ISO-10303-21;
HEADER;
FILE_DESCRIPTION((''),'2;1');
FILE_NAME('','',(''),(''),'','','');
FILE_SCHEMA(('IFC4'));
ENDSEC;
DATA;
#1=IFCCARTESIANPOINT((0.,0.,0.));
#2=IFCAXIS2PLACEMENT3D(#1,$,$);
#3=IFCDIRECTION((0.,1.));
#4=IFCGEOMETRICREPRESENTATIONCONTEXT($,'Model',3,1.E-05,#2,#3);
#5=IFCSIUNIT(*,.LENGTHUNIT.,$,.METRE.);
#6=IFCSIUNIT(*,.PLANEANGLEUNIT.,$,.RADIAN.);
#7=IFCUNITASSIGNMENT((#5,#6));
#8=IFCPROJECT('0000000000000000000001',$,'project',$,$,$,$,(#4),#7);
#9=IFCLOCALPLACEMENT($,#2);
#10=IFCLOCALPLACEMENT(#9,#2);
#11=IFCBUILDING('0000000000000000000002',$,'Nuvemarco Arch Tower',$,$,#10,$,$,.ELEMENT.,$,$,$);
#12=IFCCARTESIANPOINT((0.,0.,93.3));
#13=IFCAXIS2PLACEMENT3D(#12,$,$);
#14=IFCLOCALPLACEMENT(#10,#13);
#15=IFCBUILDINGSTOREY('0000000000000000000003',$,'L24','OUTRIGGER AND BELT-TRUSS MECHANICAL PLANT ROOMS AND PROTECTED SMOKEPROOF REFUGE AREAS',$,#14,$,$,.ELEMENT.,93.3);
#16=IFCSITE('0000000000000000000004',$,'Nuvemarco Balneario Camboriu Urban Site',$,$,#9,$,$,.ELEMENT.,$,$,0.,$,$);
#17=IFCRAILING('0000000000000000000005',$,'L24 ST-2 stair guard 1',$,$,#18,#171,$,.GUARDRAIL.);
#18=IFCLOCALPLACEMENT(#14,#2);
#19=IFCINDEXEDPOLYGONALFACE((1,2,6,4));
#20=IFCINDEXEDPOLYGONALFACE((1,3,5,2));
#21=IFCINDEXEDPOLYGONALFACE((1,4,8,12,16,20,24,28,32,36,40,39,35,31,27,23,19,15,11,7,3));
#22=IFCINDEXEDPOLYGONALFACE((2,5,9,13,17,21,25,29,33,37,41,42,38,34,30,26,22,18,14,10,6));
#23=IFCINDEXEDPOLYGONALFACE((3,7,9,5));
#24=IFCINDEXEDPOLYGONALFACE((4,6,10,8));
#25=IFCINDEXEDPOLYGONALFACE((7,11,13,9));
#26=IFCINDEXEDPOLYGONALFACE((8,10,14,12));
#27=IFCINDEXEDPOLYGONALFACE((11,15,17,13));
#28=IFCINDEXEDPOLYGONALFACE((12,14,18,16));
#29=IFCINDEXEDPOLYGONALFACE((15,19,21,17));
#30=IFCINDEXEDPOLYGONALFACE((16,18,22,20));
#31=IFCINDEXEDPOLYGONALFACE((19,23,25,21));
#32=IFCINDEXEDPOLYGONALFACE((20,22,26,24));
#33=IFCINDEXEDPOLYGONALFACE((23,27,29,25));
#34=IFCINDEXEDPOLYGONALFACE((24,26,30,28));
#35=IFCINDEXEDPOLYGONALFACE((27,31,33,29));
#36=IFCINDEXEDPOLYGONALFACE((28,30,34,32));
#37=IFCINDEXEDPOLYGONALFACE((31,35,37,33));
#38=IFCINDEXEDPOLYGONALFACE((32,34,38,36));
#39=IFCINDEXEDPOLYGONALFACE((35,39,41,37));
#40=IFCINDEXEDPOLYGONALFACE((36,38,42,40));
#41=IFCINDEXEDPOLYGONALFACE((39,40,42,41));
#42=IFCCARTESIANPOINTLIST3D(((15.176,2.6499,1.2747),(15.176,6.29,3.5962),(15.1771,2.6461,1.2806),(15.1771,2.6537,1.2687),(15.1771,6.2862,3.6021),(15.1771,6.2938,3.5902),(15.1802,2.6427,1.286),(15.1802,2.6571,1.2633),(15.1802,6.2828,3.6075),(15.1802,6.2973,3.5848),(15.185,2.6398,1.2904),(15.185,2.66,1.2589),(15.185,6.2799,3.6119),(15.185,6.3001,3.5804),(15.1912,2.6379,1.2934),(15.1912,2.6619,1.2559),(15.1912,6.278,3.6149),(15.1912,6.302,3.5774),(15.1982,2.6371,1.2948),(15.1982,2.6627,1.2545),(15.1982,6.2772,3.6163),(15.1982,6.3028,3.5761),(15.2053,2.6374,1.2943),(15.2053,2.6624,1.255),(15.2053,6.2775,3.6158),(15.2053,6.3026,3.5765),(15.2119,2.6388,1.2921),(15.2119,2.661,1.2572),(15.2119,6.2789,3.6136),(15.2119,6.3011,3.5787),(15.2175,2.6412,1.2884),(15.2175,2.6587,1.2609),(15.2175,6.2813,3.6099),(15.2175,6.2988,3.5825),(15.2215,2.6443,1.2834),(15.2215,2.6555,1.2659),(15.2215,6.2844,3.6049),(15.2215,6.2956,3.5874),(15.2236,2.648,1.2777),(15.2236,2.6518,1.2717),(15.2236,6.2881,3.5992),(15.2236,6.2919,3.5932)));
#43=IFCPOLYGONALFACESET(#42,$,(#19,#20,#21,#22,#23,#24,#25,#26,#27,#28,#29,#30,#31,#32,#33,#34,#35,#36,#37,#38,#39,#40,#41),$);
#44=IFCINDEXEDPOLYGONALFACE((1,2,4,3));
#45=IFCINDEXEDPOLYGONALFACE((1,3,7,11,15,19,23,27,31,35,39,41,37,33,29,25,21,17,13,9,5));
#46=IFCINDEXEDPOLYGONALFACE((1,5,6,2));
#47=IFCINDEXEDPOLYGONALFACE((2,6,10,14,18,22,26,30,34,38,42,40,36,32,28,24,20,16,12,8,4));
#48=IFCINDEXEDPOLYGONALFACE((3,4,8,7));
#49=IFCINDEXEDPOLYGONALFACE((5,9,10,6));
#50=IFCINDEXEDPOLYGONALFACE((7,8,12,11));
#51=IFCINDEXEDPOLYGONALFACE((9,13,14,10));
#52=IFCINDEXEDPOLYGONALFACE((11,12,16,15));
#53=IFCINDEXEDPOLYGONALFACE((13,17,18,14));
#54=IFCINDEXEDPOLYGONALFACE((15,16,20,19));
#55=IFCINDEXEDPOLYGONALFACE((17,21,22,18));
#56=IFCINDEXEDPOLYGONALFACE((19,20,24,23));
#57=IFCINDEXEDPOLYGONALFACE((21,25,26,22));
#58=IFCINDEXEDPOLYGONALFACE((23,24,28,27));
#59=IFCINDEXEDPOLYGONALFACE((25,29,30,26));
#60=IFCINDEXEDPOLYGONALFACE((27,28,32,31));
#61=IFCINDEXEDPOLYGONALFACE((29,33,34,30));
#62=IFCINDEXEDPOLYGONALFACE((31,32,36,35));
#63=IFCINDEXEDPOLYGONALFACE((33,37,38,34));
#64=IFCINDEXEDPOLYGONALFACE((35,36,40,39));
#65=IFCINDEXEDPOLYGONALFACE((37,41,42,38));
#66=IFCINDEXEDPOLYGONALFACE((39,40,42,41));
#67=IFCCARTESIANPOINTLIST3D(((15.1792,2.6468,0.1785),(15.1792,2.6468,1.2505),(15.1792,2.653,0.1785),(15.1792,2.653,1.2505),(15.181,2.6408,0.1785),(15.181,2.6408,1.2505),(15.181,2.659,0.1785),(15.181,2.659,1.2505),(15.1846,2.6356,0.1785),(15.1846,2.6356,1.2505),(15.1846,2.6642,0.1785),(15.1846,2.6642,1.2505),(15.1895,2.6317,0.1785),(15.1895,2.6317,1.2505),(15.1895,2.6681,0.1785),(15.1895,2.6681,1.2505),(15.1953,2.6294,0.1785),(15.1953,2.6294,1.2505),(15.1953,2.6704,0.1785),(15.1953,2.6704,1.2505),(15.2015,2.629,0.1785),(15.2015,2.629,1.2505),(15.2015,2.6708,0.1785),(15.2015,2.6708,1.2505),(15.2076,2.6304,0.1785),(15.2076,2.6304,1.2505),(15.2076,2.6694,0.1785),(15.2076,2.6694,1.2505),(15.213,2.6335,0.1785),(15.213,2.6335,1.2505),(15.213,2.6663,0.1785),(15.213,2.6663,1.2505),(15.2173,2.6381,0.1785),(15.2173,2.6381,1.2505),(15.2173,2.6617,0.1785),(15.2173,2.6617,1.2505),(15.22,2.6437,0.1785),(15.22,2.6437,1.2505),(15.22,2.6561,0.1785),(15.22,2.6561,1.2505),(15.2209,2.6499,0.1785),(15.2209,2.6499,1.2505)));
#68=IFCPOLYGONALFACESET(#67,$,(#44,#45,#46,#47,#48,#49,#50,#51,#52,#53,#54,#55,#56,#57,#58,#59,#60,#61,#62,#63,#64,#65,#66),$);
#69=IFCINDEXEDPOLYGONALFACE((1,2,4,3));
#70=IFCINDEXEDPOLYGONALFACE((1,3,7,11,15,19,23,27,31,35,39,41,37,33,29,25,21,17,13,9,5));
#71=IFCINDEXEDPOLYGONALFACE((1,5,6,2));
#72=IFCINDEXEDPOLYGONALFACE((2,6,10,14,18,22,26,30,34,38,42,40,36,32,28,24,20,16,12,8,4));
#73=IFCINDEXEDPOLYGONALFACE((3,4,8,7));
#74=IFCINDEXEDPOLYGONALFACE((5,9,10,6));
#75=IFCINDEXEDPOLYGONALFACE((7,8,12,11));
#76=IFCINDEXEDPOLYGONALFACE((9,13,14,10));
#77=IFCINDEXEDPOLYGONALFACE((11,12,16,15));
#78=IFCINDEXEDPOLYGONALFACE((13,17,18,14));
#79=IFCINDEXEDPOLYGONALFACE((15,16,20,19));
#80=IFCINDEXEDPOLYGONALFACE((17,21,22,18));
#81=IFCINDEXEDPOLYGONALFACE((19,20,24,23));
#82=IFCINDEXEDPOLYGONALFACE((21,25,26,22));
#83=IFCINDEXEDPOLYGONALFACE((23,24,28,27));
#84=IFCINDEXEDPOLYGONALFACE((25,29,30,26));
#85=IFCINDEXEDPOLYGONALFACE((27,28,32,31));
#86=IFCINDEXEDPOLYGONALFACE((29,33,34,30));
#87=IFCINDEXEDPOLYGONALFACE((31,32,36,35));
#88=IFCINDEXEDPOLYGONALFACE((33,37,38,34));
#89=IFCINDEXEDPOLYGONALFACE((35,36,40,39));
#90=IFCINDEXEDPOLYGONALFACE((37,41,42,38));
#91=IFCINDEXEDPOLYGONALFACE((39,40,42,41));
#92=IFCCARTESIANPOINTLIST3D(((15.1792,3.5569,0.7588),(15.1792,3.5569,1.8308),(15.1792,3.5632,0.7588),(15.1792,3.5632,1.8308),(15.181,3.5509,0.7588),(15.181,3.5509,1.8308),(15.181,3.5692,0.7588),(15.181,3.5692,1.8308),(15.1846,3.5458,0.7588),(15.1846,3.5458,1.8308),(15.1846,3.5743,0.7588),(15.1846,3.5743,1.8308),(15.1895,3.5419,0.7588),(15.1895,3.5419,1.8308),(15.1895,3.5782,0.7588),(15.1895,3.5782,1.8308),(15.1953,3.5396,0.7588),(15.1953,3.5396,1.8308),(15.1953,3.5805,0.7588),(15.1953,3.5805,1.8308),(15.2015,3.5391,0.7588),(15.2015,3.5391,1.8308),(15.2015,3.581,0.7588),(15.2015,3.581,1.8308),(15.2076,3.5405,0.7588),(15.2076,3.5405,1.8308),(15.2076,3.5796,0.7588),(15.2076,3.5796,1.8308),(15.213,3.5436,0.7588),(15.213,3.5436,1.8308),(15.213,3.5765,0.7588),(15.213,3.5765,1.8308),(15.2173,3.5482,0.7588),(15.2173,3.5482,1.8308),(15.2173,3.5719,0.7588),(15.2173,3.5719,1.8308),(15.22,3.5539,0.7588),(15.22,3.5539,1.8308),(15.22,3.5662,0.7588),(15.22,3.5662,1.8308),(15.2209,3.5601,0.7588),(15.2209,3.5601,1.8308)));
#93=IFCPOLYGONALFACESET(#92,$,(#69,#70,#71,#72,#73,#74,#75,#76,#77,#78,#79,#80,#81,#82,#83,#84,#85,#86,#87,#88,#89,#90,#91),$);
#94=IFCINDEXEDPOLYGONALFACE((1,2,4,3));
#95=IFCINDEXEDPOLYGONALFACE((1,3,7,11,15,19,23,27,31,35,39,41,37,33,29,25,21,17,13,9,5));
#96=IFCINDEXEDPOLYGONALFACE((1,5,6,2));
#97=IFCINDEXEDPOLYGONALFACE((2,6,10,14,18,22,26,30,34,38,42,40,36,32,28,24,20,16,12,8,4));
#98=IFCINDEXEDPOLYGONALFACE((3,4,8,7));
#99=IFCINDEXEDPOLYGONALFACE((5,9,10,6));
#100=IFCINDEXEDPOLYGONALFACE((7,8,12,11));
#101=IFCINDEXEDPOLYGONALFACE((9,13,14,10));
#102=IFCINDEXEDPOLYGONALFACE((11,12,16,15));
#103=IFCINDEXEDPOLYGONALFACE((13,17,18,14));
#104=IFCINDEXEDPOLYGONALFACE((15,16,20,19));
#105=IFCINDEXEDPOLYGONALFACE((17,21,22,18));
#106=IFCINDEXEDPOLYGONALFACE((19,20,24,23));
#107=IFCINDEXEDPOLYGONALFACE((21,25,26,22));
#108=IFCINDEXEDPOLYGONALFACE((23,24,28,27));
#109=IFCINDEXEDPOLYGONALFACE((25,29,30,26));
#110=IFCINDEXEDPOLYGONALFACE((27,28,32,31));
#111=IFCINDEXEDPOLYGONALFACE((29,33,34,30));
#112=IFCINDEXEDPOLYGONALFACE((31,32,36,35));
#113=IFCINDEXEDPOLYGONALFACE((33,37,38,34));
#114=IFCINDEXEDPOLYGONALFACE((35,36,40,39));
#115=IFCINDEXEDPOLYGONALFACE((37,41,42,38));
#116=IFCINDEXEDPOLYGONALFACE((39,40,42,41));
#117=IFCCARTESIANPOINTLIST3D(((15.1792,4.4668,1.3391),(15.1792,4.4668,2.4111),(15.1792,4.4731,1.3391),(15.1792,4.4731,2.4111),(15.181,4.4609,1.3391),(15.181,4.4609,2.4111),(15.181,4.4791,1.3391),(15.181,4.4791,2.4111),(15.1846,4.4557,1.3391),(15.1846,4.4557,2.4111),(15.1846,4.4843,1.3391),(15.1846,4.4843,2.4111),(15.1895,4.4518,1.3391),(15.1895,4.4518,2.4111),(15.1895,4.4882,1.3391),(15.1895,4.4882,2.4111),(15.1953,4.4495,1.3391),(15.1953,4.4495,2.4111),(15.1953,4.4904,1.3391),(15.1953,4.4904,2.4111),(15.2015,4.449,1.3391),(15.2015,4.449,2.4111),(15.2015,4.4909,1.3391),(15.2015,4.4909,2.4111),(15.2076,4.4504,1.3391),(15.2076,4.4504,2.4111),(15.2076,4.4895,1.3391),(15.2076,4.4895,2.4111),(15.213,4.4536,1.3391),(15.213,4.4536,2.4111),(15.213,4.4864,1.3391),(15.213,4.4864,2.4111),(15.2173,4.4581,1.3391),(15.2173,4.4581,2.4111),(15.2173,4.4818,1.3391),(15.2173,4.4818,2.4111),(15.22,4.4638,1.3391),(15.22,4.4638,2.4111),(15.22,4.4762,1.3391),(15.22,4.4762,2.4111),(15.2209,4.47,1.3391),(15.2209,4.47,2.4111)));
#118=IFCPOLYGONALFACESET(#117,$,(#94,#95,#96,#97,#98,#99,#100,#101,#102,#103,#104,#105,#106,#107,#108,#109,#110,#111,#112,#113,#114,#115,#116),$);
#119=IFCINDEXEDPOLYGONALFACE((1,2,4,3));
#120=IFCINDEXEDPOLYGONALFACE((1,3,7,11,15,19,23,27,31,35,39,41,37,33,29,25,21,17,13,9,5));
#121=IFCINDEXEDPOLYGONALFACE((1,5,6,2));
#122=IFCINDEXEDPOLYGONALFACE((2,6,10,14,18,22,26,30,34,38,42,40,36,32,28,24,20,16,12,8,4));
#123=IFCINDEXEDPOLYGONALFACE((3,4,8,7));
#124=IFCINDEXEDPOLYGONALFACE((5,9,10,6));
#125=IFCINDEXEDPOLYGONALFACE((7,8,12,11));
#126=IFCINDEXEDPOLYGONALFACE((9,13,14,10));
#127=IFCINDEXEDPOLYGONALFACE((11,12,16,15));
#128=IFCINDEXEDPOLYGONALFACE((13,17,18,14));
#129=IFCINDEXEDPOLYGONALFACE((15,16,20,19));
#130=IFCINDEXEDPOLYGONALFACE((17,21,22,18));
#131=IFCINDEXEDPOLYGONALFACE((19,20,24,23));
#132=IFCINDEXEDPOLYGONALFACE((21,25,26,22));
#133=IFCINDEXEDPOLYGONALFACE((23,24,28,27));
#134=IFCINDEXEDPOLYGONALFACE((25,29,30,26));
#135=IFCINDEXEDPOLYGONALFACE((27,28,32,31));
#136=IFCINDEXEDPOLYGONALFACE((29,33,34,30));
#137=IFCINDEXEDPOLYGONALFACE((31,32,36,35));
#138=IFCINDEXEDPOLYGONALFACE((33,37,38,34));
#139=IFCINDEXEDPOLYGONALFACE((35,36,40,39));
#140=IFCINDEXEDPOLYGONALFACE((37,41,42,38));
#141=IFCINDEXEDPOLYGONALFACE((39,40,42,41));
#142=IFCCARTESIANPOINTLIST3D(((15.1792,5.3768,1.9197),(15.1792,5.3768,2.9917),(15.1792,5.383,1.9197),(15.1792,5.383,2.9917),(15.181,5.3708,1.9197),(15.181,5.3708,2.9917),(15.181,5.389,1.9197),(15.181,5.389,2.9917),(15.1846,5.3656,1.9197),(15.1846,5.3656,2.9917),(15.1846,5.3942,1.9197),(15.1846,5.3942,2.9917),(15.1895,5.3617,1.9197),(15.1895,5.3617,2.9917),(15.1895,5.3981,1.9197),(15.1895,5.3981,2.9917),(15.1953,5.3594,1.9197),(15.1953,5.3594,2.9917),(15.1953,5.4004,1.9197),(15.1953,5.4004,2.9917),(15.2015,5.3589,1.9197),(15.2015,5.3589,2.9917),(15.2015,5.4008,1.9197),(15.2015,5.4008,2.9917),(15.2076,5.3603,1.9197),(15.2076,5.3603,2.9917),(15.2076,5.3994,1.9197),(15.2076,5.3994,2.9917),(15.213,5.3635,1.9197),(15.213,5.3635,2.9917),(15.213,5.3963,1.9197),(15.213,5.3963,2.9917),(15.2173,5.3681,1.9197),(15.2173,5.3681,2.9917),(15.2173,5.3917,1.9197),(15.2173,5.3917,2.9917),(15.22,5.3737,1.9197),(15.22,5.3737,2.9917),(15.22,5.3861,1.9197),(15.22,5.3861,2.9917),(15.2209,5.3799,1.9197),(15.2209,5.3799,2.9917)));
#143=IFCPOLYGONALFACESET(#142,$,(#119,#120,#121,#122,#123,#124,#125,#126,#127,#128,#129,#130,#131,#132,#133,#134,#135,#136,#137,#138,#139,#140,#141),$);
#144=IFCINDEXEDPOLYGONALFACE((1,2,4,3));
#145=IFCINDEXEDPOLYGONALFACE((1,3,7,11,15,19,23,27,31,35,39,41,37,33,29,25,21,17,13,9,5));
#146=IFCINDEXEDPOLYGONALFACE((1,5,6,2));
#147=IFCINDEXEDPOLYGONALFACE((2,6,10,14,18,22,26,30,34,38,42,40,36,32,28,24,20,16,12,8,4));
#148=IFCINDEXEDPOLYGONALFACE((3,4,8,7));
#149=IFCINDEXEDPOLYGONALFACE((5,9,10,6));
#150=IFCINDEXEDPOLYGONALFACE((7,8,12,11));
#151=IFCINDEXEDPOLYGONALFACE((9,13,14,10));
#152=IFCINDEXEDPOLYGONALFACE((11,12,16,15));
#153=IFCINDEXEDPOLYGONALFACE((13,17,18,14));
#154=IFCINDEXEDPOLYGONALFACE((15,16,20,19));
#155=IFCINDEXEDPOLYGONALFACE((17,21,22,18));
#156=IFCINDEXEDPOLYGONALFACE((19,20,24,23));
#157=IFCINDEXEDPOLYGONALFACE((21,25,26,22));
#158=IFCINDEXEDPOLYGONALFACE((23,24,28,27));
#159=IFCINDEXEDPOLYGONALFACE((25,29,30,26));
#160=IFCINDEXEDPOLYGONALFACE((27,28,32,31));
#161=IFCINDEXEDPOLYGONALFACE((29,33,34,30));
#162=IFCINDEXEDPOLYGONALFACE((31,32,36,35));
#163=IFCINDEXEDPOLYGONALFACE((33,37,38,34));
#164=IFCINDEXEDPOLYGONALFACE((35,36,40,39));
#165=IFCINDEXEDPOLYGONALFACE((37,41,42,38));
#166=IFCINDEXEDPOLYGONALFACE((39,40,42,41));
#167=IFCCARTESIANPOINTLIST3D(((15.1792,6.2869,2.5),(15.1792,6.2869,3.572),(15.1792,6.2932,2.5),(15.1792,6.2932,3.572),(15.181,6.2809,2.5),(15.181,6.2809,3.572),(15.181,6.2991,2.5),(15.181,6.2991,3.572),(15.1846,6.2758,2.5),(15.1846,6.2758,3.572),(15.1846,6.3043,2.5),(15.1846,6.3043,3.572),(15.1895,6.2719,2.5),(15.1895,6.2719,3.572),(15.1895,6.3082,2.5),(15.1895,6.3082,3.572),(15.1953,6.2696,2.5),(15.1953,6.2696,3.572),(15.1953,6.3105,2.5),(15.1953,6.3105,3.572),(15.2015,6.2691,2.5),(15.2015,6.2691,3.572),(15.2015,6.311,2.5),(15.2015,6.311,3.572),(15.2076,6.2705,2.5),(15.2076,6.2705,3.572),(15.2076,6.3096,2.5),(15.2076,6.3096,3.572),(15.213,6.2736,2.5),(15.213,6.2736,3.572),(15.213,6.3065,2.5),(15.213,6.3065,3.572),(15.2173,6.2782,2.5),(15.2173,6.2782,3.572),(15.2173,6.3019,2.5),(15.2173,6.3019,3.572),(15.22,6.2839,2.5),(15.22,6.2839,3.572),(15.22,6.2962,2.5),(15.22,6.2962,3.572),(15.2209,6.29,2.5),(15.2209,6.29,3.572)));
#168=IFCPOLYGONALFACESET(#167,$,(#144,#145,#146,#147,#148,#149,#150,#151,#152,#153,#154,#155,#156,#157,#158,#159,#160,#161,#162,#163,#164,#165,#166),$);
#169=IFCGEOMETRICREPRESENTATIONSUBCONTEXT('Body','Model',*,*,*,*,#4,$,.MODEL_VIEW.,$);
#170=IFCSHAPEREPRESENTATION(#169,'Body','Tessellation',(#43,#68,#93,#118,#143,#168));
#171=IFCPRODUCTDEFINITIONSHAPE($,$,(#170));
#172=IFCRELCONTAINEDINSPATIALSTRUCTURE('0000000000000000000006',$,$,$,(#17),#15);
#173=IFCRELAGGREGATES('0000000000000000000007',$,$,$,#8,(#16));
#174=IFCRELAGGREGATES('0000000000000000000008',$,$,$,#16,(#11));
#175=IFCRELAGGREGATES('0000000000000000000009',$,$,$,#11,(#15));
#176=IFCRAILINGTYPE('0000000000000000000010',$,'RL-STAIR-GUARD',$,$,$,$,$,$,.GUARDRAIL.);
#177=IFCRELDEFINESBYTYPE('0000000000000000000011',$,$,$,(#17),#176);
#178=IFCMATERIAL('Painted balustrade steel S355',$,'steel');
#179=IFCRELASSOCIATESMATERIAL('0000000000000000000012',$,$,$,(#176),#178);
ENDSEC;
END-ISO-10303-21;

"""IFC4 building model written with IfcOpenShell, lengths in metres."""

from ifc_helpers import new_model, si_unit, direction, frame, origin, origin_2d, place, context, subcontext, project, spatial, circle, extrude, material, type_object, element, save


model = new_model("IFC4")

# Units and contexts
model_context = context("Model", 3, precision=1e-05, world=origin(), true_north=direction((0.0, 1.0)))
body_context = subcontext(model_context, "Body", "Model", "MODEL_VIEW")
ifc_project = project(units=[si_unit("LENGTHUNIT", "METRE"), si_unit("PLANEANGLEUNIT", "RADIAN")], contexts=[model_context])

# Site, building, storey
site_placement = place(None, origin())
site = spatial("IfcSite", under=ifc_project, at=site_placement, Name="Nuvemarco Balneario Camboriu Urban Site", CompositionType="ELEMENT", RefElevation=0.0)
building_placement = place(site_placement, origin())
building = spatial("IfcBuilding", under=site, at=building_placement, Name="Nuvemarco Arch Tower", CompositionType="ELEMENT")
storey_placement = place(building_placement, frame((0.0, 0.0, 93.3)))
storey = spatial("IfcBuildingStorey", under=building, at=storey_placement, Name="L24", Description="OUTRIGGER AND BELT-TRUSS MECHANICAL PLANT ROOMS AND PROTECTED SMOKEPROOF REFUGE AREAS", CompositionType="ELEMENT", Elevation=93.3)

# Railing
ifc_material_1 = material(Name="Painted balustrade steel S355", Category="steel")
railing_type_1 = type_object("IfcRailingType", Name="RL-STAIR-GUARD", PredefinedType="GUARDRAIL", material=ifc_material_1)
railing_1_placement = place(storey_placement, frame((15.2, 2.6499, 0.1785)))
element("IfcRailing", 1, at=railing_1_placement, inside=storey, type_object=railing_type_1, Name="L24 ST-2 stair guard 1", PredefinedType="GUARDRAIL", context=body_context, shape_type="SweptSolid", body=[
    extrude(circle(Radius=0.0239, at=origin_2d()), frame((0.0, 0.0, 1.0962), z_axis=(0.0, 0.843128, 0.537713), x_axis=(-1.0, 0.0, 0.0)), (0.0, 0.0, 1.0), 4.3174),
    extrude(circle(Radius=0.021, at=origin_2d()), origin(), (0.0, 0.0, 1.0), 1.072),
    extrude(circle(Radius=0.021, at=origin_2d()), frame((0.0, 0.9102, 0.5803)), (0.0, 0.0, 1.0), 1.072),
    extrude(circle(Radius=0.021, at=origin_2d()), frame((0.0, 1.8201, 1.1606)), (0.0, 0.0, 1.0), 1.072),
    extrude(circle(Radius=0.021, at=origin_2d()), frame((0.0, 2.73, 1.7412)), (0.0, 0.0, 1.0), 1.072),
    extrude(circle(Radius=0.021, at=origin_2d()), frame((0.0, 3.6401, 2.3215)), (0.0, 0.0, 1.0), 1.072),
])

save(model, "model.ifc")
